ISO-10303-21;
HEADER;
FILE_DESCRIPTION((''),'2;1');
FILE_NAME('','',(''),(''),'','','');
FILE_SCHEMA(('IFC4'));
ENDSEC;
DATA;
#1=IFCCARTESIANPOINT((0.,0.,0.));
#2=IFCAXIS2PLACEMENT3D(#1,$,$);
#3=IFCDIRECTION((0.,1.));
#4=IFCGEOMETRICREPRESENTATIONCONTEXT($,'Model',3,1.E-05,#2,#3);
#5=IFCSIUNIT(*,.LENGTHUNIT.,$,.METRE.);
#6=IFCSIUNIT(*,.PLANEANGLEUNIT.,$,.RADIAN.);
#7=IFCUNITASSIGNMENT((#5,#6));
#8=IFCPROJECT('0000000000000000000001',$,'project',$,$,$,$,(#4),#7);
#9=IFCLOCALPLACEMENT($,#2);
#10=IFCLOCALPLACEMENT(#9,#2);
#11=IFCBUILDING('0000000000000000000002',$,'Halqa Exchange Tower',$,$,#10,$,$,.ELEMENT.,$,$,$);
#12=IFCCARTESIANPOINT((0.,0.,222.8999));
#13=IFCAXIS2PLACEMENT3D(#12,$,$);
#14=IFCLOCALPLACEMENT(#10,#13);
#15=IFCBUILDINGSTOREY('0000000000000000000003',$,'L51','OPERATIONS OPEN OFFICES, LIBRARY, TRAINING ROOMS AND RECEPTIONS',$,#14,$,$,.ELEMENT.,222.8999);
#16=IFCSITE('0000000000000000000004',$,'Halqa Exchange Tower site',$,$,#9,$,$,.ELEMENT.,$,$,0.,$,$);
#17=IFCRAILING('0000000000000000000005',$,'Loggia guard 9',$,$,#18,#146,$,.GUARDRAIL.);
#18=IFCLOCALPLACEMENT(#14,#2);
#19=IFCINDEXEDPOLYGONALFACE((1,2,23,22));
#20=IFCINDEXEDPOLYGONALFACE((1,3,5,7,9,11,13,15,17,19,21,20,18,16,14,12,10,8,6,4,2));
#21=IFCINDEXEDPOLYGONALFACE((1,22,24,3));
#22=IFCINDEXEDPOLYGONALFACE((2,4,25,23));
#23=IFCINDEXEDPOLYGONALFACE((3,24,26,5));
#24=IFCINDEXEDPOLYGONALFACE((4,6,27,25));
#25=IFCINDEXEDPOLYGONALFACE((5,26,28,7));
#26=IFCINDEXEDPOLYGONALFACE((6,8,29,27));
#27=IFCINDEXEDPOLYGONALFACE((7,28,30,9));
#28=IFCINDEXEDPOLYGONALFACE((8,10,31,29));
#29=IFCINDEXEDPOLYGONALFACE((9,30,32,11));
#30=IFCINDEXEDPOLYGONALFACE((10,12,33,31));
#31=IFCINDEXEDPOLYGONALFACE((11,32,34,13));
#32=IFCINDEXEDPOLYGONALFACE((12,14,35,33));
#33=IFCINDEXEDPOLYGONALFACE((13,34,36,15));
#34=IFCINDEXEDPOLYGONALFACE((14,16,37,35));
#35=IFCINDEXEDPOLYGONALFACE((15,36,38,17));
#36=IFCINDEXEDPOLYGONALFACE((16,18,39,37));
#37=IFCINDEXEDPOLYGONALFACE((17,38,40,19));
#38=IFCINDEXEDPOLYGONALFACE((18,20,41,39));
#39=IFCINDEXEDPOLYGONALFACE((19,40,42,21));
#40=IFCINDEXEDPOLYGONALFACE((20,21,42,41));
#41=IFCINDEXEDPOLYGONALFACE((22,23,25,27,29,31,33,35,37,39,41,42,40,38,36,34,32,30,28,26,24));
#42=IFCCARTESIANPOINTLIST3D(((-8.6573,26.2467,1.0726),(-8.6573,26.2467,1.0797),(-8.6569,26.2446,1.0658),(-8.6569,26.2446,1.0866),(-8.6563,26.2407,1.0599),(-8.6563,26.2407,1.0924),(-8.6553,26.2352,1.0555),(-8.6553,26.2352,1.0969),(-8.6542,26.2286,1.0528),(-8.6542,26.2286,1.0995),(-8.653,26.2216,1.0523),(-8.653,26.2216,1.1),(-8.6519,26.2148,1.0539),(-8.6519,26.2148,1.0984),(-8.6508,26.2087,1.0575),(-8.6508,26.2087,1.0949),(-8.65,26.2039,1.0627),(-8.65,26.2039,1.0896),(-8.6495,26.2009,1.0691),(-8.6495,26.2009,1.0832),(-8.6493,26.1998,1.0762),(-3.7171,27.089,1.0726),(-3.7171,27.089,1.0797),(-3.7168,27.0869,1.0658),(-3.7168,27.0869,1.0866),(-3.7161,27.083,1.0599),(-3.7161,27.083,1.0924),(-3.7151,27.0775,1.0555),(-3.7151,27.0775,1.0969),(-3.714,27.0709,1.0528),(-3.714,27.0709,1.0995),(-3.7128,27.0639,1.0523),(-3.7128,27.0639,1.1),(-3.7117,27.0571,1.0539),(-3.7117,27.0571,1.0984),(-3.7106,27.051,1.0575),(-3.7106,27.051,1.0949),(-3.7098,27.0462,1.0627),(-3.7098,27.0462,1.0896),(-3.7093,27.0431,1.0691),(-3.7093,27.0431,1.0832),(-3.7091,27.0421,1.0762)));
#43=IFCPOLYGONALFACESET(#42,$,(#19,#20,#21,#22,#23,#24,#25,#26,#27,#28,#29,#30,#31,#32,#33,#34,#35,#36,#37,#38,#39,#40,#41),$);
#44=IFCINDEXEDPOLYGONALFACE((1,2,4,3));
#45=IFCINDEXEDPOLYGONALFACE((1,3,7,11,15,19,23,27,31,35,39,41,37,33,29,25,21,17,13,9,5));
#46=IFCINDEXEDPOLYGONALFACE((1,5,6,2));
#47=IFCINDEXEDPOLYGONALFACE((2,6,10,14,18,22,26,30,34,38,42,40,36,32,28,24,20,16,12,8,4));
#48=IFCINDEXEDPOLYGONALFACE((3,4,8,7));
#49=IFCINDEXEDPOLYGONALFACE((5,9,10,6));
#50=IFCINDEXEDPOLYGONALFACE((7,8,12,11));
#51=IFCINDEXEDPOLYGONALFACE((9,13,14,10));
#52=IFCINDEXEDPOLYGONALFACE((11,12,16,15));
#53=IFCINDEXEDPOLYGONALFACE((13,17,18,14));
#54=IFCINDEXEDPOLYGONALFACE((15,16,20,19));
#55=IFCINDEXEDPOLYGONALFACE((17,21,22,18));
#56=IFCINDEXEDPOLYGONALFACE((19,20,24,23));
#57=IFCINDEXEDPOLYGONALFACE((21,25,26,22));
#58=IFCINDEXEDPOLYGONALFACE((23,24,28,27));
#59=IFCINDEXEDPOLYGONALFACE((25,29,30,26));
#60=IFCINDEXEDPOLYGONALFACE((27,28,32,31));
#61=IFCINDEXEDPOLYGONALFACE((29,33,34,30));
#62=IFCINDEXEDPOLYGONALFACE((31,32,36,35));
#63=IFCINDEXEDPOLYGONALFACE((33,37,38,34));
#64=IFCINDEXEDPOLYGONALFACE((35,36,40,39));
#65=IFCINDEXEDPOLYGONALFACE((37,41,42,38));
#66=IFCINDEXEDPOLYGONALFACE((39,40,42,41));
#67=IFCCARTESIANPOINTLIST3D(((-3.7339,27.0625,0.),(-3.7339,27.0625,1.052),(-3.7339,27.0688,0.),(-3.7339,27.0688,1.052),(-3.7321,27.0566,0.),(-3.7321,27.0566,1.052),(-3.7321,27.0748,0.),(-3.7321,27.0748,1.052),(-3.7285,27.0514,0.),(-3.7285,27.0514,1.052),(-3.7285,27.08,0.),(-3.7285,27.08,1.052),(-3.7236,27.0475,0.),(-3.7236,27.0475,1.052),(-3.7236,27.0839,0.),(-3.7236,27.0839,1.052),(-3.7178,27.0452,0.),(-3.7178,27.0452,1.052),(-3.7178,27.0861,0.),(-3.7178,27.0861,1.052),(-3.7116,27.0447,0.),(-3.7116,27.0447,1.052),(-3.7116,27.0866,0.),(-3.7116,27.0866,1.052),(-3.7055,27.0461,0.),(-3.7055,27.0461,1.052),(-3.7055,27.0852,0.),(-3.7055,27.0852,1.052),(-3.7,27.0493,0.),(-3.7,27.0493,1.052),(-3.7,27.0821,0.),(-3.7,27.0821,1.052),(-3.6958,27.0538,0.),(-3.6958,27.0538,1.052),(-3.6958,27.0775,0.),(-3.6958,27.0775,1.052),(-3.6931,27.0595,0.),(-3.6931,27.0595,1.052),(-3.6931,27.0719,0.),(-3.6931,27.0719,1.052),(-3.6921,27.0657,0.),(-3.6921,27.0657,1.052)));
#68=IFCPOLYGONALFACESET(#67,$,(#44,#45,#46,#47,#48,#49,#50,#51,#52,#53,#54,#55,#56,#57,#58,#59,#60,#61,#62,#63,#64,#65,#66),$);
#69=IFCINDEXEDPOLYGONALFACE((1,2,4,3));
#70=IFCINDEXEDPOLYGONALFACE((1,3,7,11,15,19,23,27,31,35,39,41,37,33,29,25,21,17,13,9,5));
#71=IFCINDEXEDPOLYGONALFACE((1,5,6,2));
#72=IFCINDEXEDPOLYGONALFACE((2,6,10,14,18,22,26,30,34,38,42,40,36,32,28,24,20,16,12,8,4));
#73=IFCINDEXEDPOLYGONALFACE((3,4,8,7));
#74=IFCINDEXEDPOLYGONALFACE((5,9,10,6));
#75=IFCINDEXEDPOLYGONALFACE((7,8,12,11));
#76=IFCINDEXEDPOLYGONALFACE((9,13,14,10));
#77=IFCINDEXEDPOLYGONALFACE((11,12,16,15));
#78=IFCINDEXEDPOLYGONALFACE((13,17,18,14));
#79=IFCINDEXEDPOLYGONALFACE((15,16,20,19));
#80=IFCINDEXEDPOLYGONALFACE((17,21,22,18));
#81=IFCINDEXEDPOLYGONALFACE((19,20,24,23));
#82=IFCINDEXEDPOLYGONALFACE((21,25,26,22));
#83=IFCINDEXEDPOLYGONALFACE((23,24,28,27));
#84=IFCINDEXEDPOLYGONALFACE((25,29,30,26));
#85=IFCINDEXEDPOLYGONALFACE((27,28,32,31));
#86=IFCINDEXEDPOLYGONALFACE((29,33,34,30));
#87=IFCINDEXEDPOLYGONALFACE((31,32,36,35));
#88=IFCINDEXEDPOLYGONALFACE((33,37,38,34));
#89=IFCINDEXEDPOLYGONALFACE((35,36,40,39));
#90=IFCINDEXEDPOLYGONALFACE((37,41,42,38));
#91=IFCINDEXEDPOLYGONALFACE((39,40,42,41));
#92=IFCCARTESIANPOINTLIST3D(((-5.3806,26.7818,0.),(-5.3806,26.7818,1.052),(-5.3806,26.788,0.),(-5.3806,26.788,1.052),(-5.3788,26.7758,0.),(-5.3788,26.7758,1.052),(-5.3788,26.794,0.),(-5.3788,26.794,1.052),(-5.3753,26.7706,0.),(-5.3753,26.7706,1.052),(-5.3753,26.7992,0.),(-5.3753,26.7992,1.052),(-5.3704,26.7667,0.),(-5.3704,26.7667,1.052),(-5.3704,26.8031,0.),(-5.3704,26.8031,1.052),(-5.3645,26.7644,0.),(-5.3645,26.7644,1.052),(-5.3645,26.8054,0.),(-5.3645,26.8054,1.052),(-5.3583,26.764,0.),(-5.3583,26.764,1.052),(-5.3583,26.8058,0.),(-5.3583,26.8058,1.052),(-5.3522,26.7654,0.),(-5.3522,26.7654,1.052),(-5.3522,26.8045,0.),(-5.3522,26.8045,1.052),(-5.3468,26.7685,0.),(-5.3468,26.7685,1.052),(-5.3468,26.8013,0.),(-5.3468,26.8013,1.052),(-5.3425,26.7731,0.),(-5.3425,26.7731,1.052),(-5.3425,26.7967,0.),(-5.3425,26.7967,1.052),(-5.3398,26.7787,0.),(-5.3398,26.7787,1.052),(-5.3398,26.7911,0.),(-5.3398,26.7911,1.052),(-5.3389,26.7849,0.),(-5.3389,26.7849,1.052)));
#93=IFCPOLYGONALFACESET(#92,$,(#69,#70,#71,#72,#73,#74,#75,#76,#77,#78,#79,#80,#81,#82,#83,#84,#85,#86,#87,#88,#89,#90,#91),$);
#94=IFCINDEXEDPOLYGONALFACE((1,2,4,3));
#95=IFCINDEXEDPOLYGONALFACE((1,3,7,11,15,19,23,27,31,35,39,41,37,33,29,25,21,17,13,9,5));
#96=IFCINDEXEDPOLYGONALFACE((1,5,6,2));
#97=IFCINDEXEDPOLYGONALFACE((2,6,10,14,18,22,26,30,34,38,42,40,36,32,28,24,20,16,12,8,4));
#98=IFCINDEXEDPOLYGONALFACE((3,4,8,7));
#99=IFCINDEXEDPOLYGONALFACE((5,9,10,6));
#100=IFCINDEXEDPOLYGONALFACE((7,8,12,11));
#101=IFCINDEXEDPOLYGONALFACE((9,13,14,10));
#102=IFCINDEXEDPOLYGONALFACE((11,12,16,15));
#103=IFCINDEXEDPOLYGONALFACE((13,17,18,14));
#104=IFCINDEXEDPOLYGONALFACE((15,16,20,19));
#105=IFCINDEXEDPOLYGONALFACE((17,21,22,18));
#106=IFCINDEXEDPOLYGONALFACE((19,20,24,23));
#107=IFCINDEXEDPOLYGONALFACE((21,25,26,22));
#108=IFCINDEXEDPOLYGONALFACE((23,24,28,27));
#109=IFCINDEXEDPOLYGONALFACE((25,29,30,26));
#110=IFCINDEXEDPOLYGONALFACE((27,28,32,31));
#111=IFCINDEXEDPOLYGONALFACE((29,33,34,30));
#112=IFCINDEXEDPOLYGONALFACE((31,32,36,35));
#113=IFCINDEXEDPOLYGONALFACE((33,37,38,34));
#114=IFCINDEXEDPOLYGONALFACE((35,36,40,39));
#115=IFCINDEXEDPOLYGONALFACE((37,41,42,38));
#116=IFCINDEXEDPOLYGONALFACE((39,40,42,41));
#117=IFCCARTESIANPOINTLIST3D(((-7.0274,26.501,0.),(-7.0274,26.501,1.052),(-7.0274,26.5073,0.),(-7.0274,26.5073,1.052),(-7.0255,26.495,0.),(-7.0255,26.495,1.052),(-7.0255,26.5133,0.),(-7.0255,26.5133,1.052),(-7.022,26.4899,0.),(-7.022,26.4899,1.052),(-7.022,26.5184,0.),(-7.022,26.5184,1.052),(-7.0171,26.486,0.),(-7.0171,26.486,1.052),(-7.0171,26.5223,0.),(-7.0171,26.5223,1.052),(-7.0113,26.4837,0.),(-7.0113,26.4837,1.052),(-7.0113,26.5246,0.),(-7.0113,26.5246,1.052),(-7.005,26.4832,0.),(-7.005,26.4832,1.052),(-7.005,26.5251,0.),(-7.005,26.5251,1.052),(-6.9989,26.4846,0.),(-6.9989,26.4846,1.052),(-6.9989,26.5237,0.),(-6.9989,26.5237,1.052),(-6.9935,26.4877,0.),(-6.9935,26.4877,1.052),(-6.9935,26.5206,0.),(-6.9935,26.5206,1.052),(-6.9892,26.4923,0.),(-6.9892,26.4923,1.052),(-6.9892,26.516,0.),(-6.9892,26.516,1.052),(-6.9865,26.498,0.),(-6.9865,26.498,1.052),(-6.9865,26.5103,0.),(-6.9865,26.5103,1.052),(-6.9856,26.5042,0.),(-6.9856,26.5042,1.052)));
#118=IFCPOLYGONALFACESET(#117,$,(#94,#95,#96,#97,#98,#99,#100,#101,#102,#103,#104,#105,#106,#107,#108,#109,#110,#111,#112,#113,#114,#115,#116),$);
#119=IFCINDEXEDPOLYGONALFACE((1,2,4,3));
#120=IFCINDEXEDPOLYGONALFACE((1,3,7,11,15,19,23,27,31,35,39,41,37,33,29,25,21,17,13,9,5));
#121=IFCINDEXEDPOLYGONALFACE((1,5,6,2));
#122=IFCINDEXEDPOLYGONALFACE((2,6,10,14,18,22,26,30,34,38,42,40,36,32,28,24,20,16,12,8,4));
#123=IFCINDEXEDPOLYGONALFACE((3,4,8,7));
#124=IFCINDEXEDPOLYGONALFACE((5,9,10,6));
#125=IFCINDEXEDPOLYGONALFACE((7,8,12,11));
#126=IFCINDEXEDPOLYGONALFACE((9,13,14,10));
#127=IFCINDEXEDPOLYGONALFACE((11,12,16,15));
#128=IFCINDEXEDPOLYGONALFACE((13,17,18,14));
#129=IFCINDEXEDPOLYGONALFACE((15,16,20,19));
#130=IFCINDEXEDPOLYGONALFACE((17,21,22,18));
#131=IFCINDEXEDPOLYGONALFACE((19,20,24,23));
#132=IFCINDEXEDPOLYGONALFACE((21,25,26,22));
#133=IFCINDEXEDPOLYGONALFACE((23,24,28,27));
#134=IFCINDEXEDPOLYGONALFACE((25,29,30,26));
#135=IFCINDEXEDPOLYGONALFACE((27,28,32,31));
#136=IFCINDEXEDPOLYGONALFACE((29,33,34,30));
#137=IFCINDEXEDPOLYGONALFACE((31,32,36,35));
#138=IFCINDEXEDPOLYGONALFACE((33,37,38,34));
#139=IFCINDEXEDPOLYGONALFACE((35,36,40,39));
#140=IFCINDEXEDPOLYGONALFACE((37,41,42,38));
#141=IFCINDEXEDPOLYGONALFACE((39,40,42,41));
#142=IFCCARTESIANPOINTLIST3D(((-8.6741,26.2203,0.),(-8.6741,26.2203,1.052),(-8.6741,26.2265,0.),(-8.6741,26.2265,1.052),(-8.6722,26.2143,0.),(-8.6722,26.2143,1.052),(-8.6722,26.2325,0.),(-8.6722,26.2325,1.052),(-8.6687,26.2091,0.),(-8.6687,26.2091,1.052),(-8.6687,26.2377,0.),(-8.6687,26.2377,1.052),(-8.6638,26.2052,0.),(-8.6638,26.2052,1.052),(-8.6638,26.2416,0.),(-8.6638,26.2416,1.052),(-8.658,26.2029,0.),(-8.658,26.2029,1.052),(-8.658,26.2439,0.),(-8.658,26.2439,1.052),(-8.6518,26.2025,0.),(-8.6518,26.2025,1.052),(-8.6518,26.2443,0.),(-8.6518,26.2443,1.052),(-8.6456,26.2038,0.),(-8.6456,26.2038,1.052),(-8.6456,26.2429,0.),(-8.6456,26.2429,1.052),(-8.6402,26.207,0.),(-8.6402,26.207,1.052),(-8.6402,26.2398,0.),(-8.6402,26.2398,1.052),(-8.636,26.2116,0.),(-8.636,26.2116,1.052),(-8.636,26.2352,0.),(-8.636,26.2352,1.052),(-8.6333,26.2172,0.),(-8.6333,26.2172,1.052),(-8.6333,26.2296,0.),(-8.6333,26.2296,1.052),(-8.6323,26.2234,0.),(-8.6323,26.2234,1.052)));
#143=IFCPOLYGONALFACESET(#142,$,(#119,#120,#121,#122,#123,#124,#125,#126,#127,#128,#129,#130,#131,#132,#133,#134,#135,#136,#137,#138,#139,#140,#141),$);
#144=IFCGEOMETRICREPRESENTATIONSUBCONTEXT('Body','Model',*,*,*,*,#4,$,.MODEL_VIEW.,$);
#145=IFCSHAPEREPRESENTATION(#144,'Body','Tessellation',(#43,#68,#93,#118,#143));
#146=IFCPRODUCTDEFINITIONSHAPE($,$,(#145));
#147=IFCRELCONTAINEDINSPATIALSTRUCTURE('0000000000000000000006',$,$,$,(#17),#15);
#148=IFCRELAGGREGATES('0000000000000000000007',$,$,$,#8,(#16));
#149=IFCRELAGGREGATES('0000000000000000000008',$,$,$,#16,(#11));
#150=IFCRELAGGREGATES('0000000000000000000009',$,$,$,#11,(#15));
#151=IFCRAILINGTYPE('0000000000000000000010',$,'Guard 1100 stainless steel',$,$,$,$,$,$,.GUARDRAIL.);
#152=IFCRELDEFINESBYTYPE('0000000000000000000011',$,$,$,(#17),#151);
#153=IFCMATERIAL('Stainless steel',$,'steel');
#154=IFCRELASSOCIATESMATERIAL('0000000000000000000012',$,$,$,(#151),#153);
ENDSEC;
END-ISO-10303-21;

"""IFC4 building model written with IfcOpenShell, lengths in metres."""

from ifc_helpers import new_model, si_unit, direction, frame, origin, origin_2d, place, context, subcontext, project, spatial, circle, extrude, material, type_object, element, save


model = new_model("IFC4")

# Units and contexts
model_context = context("Model", 3, precision=1e-05, world=origin(), true_north=direction((0.0, 1.0)))
body_context = subcontext(model_context, "Body", "Model", "MODEL_VIEW")
ifc_project = project(units=[si_unit("LENGTHUNIT", "METRE"), si_unit("PLANEANGLEUNIT", "RADIAN")], contexts=[model_context])

# Site, building, storey
site_placement = place(None, origin())
site = spatial("IfcSite", under=ifc_project, at=site_placement, Name="Halqa Exchange Tower site", CompositionType="ELEMENT", RefElevation=0.0)
building_placement = place(site_placement, origin())
building = spatial("IfcBuilding", under=site, at=building_placement, Name="Halqa Exchange Tower", CompositionType="ELEMENT")
storey_placement = place(building_placement, frame((0.0, 0.0, 222.8999)))
storey = spatial("IfcBuildingStorey", under=building, at=storey_placement, Name="L51", Description="OPERATIONS OPEN OFFICES, LIBRARY, TRAINING ROOMS AND RECEPTIONS", CompositionType="ELEMENT", Elevation=222.8999)

# Railing
ifc_material_1 = material(Name="Stainless steel", Category="steel")
railing_type_1 = type_object("IfcRailingType", Name="Guard 1100 stainless steel", PredefinedType="GUARDRAIL", material=ifc_material_1)
railing_1_placement = place(storey_placement, frame((-3.7131, 27.0657, 0.0)))
element("IfcRailing", 1, at=railing_1_placement, inside=storey, type_object=railing_type_1, Name="Loggia guard 9", PredefinedType="GUARDRAIL", context=body_context, shape_type="SweptSolid", body=[
    extrude(circle(Radius=0.0239, at=origin_2d()), frame((0.0, 0.0, 1.0762), z_axis=(-0.985775, -0.168071, 0.0), x_axis=(0.168071, -0.985775, 0.0)), (0.0, 0.0, 1.0), 5.0115),
    extrude(circle(Radius=0.021, at=origin_2d()), origin(), (0.0, 0.0, 1.0), 1.052),
    extrude(circle(Radius=0.021, at=origin_2d()), frame((-1.6467, -0.2808, 0.0)), (0.0, 0.0, 1.0), 1.052),
    extrude(circle(Radius=0.021, at=origin_2d()), frame((-3.2935, -0.5615, 0.0)), (0.0, 0.0, 1.0), 1.052),
    extrude(circle(Radius=0.021, at=origin_2d()), frame((-4.9402, -0.8423, 0.0)), (0.0, 0.0, 1.0), 1.052),
])

save(model, "model.ifc")
